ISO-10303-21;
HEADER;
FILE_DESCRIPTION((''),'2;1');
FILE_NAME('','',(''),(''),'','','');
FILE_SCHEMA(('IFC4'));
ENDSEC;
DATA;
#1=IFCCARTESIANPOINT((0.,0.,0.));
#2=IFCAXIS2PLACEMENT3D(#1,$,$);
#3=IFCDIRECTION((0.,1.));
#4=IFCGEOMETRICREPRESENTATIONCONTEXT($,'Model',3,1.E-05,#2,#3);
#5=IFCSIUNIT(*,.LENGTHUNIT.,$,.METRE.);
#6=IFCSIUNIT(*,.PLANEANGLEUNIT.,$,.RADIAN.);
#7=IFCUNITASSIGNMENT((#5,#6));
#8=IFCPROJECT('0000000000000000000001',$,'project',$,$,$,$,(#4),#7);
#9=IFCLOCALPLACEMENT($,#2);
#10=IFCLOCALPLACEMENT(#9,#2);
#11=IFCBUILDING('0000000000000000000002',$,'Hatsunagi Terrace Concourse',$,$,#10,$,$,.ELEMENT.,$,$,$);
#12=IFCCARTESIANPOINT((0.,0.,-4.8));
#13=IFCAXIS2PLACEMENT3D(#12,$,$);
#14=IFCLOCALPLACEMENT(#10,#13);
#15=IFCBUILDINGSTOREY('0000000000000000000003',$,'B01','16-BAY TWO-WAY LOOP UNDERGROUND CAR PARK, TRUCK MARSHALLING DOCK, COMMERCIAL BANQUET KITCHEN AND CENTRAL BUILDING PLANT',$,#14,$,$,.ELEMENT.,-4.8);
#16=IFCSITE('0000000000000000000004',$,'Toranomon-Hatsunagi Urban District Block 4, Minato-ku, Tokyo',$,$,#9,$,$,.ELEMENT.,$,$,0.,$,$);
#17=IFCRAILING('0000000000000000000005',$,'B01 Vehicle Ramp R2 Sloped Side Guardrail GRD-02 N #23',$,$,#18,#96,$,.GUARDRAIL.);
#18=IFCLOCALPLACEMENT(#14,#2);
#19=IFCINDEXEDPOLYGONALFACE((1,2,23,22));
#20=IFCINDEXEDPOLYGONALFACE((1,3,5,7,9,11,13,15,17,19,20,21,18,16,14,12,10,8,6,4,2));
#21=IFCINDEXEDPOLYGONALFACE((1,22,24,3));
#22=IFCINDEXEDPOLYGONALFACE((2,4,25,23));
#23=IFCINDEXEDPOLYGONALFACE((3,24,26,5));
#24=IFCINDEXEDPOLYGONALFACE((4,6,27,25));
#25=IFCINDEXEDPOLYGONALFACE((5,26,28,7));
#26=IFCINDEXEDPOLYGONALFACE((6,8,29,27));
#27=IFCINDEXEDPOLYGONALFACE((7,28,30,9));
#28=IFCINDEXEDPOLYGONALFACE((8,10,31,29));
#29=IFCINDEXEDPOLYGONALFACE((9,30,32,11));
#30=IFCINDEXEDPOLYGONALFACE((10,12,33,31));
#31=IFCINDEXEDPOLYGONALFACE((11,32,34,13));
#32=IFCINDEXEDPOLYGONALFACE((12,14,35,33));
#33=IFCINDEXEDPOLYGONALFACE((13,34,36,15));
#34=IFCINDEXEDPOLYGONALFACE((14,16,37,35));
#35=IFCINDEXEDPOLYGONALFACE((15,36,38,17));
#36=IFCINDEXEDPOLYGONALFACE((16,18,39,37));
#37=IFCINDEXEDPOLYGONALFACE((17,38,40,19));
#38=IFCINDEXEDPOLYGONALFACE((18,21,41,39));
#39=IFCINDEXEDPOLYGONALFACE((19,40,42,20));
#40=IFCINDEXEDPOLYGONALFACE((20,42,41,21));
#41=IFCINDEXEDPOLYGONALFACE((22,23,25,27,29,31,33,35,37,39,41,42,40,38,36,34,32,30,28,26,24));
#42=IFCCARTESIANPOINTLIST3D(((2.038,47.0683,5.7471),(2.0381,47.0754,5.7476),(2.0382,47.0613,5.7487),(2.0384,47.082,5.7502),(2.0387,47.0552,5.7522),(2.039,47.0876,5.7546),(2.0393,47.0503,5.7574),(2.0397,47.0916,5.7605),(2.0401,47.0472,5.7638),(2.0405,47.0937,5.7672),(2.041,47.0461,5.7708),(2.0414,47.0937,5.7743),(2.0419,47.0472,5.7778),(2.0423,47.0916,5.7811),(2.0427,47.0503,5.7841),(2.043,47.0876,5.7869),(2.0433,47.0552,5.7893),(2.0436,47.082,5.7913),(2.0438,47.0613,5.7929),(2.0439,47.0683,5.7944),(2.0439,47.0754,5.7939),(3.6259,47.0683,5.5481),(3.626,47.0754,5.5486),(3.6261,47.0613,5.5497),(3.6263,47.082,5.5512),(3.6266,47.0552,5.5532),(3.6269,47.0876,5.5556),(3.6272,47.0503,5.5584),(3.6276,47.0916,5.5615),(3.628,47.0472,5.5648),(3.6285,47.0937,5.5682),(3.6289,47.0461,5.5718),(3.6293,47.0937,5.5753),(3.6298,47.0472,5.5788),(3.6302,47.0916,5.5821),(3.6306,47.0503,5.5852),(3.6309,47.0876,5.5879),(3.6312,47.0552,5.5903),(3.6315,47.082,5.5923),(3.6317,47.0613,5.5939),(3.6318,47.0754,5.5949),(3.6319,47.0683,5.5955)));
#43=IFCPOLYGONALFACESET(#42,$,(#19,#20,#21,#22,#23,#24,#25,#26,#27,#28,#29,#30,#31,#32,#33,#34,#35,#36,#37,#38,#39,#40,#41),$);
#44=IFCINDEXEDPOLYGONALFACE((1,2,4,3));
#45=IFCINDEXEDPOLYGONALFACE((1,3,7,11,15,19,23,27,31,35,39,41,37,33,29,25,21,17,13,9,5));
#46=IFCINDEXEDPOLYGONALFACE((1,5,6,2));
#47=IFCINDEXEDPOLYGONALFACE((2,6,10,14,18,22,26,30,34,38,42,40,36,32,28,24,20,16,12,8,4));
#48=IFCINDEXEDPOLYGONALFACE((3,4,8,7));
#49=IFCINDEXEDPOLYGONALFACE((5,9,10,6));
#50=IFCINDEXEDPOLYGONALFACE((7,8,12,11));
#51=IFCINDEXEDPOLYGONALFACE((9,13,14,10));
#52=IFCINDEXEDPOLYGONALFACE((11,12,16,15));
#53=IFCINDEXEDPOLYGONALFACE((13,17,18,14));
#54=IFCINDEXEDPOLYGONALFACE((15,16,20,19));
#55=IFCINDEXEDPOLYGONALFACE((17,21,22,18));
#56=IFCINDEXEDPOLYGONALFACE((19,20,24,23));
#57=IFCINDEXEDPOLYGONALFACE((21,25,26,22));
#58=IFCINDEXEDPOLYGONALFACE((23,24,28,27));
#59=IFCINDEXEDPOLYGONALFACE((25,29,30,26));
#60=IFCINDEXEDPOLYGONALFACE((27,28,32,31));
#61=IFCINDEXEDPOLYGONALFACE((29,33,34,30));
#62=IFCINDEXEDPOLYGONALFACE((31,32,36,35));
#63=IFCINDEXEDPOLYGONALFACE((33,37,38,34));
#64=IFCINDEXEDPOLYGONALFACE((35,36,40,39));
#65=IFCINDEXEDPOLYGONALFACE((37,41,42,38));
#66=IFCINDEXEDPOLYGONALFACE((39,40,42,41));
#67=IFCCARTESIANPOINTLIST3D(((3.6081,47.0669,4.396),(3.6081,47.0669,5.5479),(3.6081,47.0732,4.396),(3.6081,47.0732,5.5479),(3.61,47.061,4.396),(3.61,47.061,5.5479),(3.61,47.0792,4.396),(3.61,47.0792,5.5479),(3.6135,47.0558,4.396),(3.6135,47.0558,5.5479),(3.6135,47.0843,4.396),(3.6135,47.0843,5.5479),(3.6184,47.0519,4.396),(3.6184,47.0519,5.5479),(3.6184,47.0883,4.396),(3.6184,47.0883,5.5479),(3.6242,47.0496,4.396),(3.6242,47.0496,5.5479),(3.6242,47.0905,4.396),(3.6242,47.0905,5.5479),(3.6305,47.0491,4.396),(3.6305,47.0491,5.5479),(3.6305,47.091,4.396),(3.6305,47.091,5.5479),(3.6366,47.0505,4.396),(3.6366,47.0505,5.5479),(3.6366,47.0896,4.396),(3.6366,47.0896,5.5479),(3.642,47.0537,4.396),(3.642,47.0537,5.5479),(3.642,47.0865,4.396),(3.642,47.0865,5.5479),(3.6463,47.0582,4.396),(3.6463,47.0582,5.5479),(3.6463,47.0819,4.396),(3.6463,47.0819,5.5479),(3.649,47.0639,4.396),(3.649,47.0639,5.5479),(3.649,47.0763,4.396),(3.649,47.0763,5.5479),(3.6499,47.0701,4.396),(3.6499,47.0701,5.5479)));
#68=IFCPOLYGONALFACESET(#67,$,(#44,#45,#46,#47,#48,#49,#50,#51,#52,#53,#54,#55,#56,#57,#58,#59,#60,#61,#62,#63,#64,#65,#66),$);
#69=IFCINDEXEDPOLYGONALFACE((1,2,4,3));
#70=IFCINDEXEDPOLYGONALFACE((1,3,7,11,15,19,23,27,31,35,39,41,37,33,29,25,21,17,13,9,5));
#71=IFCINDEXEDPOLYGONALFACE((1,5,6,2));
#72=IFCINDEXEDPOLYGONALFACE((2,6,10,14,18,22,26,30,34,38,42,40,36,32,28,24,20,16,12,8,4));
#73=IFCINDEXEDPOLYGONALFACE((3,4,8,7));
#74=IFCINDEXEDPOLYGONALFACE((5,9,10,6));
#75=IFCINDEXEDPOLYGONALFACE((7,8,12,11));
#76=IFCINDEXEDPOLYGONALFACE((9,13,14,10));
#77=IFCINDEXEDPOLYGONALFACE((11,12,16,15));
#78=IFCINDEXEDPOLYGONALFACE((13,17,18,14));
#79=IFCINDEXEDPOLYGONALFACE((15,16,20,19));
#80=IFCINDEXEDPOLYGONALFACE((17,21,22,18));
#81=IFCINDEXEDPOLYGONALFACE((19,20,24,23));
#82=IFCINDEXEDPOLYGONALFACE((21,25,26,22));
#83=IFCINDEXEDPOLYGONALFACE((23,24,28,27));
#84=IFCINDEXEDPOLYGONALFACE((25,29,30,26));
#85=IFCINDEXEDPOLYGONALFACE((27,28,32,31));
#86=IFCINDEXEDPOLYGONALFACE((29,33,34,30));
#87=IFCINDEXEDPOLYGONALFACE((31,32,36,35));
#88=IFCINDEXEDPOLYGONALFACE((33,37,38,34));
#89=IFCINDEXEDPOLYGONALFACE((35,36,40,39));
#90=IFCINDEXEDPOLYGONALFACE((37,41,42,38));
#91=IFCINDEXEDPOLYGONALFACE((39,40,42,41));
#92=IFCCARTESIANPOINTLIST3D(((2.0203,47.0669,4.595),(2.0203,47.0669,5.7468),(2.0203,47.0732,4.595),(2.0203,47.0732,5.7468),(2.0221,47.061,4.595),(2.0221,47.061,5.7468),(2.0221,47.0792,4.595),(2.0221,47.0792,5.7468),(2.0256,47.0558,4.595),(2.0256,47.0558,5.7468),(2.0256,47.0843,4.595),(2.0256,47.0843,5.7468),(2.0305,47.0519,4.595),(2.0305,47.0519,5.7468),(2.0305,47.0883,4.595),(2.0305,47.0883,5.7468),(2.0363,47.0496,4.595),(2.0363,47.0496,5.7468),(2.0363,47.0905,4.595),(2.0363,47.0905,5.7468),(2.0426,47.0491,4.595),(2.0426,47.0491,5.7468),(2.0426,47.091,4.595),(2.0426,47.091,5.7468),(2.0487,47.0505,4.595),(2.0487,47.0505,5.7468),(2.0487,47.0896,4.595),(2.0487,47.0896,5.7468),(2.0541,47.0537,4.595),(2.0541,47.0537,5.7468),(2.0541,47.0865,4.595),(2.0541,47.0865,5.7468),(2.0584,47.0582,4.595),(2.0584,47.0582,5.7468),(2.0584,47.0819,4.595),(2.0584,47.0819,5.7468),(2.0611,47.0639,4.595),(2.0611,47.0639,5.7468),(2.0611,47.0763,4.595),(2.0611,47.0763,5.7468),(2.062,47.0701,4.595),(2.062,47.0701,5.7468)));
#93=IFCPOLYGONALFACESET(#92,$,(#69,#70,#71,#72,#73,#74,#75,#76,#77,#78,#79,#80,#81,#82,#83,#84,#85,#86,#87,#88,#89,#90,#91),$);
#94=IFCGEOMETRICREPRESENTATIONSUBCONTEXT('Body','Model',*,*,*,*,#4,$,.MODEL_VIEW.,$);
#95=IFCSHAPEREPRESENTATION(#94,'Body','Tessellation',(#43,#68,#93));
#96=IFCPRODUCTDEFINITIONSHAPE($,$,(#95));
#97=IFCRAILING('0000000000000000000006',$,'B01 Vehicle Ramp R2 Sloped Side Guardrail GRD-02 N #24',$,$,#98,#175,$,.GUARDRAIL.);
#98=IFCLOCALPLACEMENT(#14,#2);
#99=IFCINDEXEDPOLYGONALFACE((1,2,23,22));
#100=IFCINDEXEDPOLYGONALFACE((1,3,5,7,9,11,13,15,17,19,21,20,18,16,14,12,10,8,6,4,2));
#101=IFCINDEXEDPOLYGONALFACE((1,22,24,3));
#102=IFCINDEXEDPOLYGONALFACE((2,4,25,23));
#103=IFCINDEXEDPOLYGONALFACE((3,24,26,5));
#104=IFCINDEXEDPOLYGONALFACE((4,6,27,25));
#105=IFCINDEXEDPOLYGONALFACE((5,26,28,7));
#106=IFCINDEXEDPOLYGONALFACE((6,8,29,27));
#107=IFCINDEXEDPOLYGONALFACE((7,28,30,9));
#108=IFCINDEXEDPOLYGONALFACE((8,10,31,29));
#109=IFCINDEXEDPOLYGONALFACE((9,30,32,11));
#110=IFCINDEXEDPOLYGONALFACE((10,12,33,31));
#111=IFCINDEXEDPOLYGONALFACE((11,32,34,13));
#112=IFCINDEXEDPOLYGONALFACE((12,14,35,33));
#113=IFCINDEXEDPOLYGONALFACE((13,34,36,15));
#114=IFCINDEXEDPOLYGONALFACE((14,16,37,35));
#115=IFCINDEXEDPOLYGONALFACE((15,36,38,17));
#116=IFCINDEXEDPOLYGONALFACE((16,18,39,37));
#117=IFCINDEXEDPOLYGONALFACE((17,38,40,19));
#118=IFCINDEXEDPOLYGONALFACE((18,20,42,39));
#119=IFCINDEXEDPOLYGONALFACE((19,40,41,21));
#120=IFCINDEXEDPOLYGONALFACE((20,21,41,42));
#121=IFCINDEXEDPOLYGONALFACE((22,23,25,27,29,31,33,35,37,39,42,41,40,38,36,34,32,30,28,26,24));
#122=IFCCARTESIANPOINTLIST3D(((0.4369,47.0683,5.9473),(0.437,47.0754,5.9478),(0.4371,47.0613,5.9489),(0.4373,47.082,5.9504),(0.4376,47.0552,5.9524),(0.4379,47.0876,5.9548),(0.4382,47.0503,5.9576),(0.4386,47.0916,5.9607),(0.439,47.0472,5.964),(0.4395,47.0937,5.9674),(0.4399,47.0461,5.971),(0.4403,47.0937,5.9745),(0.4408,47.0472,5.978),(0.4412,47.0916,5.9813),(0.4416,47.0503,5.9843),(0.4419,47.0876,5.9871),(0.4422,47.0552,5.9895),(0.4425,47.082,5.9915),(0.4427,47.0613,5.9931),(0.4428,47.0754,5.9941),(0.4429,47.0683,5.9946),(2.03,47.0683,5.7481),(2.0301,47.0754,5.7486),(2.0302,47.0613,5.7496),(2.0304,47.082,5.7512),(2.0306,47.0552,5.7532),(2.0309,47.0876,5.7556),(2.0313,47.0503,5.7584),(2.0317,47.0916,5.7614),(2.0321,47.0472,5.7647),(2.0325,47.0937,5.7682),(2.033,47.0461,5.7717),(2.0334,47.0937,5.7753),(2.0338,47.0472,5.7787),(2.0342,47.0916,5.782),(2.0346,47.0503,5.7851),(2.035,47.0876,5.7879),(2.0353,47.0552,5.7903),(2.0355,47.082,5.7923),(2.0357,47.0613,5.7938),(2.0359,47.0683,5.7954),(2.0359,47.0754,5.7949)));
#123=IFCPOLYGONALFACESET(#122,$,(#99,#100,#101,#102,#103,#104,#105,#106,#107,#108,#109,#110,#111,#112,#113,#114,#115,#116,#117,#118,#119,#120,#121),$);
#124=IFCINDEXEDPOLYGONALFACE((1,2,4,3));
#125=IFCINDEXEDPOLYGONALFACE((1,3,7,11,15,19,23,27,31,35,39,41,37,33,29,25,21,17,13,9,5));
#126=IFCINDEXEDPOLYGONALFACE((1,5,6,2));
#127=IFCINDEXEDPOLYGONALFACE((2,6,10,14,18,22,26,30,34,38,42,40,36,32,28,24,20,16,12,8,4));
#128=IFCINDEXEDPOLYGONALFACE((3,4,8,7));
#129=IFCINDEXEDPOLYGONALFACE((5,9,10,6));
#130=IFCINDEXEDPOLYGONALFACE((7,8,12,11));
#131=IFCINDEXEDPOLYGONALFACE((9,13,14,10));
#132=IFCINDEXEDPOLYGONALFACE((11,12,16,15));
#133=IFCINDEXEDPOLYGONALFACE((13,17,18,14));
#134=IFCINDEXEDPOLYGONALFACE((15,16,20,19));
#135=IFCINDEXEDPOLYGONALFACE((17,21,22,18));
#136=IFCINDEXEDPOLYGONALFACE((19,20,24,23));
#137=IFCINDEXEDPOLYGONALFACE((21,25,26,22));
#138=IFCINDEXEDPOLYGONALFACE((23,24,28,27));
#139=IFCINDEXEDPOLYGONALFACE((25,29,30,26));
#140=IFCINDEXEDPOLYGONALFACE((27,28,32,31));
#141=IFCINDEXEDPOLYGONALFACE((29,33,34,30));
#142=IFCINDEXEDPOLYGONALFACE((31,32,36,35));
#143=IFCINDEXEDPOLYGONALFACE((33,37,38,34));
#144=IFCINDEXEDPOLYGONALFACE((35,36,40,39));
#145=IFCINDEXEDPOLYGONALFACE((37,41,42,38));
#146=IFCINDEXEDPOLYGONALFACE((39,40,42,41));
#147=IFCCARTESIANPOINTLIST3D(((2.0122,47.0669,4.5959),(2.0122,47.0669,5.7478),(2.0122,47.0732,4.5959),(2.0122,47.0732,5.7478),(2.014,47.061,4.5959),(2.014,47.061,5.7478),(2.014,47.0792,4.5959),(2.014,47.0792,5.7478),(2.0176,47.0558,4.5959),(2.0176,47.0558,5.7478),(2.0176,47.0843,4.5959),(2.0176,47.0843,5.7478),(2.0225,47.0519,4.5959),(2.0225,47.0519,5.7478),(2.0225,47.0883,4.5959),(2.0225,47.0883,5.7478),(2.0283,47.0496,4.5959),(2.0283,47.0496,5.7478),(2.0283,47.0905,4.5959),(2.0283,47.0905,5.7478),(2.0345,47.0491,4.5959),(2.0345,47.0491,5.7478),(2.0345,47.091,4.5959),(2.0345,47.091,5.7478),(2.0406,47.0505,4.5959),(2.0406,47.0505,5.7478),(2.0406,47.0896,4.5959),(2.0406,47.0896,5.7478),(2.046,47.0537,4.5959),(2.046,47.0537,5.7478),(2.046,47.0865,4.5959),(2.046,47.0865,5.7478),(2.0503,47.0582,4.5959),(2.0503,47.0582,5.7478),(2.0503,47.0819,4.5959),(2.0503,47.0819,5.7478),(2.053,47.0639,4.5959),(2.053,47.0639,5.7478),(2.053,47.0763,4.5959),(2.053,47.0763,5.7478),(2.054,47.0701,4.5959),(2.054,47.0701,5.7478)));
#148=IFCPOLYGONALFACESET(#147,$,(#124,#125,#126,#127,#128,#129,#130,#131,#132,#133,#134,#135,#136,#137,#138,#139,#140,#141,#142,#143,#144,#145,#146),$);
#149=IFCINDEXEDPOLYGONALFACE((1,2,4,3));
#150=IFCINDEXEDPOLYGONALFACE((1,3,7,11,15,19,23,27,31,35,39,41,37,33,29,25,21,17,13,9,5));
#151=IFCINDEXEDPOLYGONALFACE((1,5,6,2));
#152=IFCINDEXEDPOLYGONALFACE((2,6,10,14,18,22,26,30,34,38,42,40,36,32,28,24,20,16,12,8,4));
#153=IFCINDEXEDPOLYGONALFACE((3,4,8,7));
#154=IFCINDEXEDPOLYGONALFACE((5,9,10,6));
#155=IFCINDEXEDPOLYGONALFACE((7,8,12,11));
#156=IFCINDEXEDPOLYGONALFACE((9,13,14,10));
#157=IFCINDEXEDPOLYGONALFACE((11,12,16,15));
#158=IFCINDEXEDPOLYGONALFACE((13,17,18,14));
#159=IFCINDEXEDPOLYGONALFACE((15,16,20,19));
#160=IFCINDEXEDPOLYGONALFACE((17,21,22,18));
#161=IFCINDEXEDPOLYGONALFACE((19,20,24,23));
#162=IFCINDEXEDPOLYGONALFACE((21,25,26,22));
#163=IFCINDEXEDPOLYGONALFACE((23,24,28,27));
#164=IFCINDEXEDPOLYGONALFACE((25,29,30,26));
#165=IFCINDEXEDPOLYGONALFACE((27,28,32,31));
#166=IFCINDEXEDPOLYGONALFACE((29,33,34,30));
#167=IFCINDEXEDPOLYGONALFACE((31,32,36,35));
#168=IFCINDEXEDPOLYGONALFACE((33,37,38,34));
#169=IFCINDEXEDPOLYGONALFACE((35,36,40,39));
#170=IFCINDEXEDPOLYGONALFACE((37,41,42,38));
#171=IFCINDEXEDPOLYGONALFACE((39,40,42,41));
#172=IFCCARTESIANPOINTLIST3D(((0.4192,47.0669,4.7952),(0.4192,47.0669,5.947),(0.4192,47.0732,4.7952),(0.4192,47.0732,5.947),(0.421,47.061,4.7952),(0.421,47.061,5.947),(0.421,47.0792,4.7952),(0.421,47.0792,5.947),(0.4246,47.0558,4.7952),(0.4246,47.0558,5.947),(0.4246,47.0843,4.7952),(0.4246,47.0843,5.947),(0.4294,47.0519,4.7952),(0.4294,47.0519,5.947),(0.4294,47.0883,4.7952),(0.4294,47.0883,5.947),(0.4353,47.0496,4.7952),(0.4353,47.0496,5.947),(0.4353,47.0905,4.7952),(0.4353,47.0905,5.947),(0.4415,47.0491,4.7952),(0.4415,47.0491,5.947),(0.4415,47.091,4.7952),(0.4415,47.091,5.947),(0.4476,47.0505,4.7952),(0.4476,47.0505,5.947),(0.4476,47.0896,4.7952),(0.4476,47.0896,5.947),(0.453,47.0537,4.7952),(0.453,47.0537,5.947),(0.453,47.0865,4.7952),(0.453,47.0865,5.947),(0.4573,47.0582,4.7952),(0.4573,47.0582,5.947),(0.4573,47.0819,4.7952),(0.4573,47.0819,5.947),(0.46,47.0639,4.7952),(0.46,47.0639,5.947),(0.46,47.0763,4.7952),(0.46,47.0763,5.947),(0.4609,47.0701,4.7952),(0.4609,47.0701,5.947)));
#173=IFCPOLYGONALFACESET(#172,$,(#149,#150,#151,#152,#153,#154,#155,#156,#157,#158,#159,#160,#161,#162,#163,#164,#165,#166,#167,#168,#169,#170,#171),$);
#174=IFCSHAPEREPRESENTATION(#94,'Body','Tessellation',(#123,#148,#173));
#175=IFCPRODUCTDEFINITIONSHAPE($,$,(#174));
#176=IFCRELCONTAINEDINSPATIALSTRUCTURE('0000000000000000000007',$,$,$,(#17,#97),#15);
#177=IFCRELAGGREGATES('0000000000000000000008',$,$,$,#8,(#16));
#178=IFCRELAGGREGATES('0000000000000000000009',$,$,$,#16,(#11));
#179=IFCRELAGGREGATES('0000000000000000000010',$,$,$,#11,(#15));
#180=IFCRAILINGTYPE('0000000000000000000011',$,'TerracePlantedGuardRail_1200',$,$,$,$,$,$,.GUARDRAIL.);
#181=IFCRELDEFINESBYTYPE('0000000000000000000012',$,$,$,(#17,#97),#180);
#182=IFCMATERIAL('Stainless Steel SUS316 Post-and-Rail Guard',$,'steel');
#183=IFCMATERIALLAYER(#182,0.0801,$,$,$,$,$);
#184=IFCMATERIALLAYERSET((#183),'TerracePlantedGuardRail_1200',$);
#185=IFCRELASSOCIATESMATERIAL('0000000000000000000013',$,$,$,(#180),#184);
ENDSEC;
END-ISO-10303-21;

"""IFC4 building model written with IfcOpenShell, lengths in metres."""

from ifc_helpers import new_model, si_unit, direction, frame, origin, origin_2d, place, context, subcontext, project, spatial, circle, extrude, material, layer, layer_set, type_object, element, save


model = new_model("IFC4")

# Units and contexts
model_context = context("Model", 3, precision=1e-05, world=origin(), true_north=direction((0.0, 1.0)))
body_context = subcontext(model_context, "Body", "Model", "MODEL_VIEW")
ifc_project = project(units=[si_unit("LENGTHUNIT", "METRE"), si_unit("PLANEANGLEUNIT", "RADIAN")], contexts=[model_context])

# Site, building, storey
site_placement = place(None, origin())
site = spatial("IfcSite", under=ifc_project, at=site_placement, Name="Toranomon-Hatsunagi Urban District Block 4, Minato-ku, Tokyo", CompositionType="ELEMENT", RefElevation=0.0)
building_placement = place(site_placement, origin())
building = spatial("IfcBuilding", under=site, at=building_placement, Name="Hatsunagi Terrace Concourse", CompositionType="ELEMENT")
storey_placement = place(building_placement, frame((0.0, 0.0, -4.8)))
storey = spatial("IfcBuildingStorey", under=building, at=storey_placement, Name="B01", Description="16-BAY TWO-WAY LOOP UNDERGROUND CAR PARK, TRUCK MARSHALLING DOCK, COMMERCIAL BANQUET KITCHEN AND CENTRAL BUILDING PLANT", CompositionType="ELEMENT", Elevation=-4.8)

# Railings
ifc_material_1 = material(Name="Stainless Steel SUS316 Post-and-Rail Guard", Category="steel")
ifc_layer_1 = layer(ifc_material_1, 0.0801)
ifc_layer_set_1 = layer_set([ifc_layer_1], Name="TerracePlantedGuardRail_1200")
railing_type = type_object("IfcRailingType", Name="TerracePlantedGuardRail_1200", PredefinedType="GUARDRAIL", material=ifc_layer_set_1)
railing_1_placement = place(storey_placement, frame((3.6289, 47.0701, 4.396)))
element("IfcRailing", 1, at=railing_1_placement, inside=storey, type_object=railing_type, Name="B01 Vehicle Ramp R2 Sloped Side Guardrail GRD-02 N #23", PredefinedType="GUARDRAIL", context=body_context, shape_type="SweptSolid", body=[
    extrude(circle(Radius=0.0239, at=origin_2d()), frame((0.0, 0.0, 1.1758), z_axis=(-0.99224, 0.0, 0.124335), x_axis=(0.0, -1.0, 0.0)), (0.0, 0.0, 1.0), 1.6003),
    extrude(circle(Radius=0.021, at=origin_2d()), origin(), (0.0, 0.0, 1.0), 1.1519),
    extrude(circle(Radius=0.021, at=origin_2d()), frame((-1.5879, 0.0, 0.199)), (0.0, 0.0, 1.0), 1.1519),
])
railing_2_placement = place(storey_placement, frame((2.033, 47.0701, 4.5959)))
element("IfcRailing", 2, at=railing_2_placement, inside=storey, type_object=railing_type, Name="B01 Vehicle Ramp R2 Sloped Side Guardrail GRD-02 N #24", PredefinedType="GUARDRAIL", context=body_context, shape_type="SweptSolid", body=[
    extrude(circle(Radius=0.0239, at=origin_2d()), frame((0.0, 0.0, 1.1758), z_axis=(-0.992271, 0.0, 0.124091), x_axis=(0.0, -1.0, 0.0)), (0.0, 0.0, 1.0), 1.6055),
    extrude(circle(Radius=0.021, at=origin_2d()), origin(), (0.0, 0.0, 1.0), 1.1519),
    extrude(circle(Radius=0.021, at=origin_2d()), frame((-1.593, 0.0, 0.1992)), (0.0, 0.0, 1.0), 1.1519),
])

save(model, "model.ifc")
